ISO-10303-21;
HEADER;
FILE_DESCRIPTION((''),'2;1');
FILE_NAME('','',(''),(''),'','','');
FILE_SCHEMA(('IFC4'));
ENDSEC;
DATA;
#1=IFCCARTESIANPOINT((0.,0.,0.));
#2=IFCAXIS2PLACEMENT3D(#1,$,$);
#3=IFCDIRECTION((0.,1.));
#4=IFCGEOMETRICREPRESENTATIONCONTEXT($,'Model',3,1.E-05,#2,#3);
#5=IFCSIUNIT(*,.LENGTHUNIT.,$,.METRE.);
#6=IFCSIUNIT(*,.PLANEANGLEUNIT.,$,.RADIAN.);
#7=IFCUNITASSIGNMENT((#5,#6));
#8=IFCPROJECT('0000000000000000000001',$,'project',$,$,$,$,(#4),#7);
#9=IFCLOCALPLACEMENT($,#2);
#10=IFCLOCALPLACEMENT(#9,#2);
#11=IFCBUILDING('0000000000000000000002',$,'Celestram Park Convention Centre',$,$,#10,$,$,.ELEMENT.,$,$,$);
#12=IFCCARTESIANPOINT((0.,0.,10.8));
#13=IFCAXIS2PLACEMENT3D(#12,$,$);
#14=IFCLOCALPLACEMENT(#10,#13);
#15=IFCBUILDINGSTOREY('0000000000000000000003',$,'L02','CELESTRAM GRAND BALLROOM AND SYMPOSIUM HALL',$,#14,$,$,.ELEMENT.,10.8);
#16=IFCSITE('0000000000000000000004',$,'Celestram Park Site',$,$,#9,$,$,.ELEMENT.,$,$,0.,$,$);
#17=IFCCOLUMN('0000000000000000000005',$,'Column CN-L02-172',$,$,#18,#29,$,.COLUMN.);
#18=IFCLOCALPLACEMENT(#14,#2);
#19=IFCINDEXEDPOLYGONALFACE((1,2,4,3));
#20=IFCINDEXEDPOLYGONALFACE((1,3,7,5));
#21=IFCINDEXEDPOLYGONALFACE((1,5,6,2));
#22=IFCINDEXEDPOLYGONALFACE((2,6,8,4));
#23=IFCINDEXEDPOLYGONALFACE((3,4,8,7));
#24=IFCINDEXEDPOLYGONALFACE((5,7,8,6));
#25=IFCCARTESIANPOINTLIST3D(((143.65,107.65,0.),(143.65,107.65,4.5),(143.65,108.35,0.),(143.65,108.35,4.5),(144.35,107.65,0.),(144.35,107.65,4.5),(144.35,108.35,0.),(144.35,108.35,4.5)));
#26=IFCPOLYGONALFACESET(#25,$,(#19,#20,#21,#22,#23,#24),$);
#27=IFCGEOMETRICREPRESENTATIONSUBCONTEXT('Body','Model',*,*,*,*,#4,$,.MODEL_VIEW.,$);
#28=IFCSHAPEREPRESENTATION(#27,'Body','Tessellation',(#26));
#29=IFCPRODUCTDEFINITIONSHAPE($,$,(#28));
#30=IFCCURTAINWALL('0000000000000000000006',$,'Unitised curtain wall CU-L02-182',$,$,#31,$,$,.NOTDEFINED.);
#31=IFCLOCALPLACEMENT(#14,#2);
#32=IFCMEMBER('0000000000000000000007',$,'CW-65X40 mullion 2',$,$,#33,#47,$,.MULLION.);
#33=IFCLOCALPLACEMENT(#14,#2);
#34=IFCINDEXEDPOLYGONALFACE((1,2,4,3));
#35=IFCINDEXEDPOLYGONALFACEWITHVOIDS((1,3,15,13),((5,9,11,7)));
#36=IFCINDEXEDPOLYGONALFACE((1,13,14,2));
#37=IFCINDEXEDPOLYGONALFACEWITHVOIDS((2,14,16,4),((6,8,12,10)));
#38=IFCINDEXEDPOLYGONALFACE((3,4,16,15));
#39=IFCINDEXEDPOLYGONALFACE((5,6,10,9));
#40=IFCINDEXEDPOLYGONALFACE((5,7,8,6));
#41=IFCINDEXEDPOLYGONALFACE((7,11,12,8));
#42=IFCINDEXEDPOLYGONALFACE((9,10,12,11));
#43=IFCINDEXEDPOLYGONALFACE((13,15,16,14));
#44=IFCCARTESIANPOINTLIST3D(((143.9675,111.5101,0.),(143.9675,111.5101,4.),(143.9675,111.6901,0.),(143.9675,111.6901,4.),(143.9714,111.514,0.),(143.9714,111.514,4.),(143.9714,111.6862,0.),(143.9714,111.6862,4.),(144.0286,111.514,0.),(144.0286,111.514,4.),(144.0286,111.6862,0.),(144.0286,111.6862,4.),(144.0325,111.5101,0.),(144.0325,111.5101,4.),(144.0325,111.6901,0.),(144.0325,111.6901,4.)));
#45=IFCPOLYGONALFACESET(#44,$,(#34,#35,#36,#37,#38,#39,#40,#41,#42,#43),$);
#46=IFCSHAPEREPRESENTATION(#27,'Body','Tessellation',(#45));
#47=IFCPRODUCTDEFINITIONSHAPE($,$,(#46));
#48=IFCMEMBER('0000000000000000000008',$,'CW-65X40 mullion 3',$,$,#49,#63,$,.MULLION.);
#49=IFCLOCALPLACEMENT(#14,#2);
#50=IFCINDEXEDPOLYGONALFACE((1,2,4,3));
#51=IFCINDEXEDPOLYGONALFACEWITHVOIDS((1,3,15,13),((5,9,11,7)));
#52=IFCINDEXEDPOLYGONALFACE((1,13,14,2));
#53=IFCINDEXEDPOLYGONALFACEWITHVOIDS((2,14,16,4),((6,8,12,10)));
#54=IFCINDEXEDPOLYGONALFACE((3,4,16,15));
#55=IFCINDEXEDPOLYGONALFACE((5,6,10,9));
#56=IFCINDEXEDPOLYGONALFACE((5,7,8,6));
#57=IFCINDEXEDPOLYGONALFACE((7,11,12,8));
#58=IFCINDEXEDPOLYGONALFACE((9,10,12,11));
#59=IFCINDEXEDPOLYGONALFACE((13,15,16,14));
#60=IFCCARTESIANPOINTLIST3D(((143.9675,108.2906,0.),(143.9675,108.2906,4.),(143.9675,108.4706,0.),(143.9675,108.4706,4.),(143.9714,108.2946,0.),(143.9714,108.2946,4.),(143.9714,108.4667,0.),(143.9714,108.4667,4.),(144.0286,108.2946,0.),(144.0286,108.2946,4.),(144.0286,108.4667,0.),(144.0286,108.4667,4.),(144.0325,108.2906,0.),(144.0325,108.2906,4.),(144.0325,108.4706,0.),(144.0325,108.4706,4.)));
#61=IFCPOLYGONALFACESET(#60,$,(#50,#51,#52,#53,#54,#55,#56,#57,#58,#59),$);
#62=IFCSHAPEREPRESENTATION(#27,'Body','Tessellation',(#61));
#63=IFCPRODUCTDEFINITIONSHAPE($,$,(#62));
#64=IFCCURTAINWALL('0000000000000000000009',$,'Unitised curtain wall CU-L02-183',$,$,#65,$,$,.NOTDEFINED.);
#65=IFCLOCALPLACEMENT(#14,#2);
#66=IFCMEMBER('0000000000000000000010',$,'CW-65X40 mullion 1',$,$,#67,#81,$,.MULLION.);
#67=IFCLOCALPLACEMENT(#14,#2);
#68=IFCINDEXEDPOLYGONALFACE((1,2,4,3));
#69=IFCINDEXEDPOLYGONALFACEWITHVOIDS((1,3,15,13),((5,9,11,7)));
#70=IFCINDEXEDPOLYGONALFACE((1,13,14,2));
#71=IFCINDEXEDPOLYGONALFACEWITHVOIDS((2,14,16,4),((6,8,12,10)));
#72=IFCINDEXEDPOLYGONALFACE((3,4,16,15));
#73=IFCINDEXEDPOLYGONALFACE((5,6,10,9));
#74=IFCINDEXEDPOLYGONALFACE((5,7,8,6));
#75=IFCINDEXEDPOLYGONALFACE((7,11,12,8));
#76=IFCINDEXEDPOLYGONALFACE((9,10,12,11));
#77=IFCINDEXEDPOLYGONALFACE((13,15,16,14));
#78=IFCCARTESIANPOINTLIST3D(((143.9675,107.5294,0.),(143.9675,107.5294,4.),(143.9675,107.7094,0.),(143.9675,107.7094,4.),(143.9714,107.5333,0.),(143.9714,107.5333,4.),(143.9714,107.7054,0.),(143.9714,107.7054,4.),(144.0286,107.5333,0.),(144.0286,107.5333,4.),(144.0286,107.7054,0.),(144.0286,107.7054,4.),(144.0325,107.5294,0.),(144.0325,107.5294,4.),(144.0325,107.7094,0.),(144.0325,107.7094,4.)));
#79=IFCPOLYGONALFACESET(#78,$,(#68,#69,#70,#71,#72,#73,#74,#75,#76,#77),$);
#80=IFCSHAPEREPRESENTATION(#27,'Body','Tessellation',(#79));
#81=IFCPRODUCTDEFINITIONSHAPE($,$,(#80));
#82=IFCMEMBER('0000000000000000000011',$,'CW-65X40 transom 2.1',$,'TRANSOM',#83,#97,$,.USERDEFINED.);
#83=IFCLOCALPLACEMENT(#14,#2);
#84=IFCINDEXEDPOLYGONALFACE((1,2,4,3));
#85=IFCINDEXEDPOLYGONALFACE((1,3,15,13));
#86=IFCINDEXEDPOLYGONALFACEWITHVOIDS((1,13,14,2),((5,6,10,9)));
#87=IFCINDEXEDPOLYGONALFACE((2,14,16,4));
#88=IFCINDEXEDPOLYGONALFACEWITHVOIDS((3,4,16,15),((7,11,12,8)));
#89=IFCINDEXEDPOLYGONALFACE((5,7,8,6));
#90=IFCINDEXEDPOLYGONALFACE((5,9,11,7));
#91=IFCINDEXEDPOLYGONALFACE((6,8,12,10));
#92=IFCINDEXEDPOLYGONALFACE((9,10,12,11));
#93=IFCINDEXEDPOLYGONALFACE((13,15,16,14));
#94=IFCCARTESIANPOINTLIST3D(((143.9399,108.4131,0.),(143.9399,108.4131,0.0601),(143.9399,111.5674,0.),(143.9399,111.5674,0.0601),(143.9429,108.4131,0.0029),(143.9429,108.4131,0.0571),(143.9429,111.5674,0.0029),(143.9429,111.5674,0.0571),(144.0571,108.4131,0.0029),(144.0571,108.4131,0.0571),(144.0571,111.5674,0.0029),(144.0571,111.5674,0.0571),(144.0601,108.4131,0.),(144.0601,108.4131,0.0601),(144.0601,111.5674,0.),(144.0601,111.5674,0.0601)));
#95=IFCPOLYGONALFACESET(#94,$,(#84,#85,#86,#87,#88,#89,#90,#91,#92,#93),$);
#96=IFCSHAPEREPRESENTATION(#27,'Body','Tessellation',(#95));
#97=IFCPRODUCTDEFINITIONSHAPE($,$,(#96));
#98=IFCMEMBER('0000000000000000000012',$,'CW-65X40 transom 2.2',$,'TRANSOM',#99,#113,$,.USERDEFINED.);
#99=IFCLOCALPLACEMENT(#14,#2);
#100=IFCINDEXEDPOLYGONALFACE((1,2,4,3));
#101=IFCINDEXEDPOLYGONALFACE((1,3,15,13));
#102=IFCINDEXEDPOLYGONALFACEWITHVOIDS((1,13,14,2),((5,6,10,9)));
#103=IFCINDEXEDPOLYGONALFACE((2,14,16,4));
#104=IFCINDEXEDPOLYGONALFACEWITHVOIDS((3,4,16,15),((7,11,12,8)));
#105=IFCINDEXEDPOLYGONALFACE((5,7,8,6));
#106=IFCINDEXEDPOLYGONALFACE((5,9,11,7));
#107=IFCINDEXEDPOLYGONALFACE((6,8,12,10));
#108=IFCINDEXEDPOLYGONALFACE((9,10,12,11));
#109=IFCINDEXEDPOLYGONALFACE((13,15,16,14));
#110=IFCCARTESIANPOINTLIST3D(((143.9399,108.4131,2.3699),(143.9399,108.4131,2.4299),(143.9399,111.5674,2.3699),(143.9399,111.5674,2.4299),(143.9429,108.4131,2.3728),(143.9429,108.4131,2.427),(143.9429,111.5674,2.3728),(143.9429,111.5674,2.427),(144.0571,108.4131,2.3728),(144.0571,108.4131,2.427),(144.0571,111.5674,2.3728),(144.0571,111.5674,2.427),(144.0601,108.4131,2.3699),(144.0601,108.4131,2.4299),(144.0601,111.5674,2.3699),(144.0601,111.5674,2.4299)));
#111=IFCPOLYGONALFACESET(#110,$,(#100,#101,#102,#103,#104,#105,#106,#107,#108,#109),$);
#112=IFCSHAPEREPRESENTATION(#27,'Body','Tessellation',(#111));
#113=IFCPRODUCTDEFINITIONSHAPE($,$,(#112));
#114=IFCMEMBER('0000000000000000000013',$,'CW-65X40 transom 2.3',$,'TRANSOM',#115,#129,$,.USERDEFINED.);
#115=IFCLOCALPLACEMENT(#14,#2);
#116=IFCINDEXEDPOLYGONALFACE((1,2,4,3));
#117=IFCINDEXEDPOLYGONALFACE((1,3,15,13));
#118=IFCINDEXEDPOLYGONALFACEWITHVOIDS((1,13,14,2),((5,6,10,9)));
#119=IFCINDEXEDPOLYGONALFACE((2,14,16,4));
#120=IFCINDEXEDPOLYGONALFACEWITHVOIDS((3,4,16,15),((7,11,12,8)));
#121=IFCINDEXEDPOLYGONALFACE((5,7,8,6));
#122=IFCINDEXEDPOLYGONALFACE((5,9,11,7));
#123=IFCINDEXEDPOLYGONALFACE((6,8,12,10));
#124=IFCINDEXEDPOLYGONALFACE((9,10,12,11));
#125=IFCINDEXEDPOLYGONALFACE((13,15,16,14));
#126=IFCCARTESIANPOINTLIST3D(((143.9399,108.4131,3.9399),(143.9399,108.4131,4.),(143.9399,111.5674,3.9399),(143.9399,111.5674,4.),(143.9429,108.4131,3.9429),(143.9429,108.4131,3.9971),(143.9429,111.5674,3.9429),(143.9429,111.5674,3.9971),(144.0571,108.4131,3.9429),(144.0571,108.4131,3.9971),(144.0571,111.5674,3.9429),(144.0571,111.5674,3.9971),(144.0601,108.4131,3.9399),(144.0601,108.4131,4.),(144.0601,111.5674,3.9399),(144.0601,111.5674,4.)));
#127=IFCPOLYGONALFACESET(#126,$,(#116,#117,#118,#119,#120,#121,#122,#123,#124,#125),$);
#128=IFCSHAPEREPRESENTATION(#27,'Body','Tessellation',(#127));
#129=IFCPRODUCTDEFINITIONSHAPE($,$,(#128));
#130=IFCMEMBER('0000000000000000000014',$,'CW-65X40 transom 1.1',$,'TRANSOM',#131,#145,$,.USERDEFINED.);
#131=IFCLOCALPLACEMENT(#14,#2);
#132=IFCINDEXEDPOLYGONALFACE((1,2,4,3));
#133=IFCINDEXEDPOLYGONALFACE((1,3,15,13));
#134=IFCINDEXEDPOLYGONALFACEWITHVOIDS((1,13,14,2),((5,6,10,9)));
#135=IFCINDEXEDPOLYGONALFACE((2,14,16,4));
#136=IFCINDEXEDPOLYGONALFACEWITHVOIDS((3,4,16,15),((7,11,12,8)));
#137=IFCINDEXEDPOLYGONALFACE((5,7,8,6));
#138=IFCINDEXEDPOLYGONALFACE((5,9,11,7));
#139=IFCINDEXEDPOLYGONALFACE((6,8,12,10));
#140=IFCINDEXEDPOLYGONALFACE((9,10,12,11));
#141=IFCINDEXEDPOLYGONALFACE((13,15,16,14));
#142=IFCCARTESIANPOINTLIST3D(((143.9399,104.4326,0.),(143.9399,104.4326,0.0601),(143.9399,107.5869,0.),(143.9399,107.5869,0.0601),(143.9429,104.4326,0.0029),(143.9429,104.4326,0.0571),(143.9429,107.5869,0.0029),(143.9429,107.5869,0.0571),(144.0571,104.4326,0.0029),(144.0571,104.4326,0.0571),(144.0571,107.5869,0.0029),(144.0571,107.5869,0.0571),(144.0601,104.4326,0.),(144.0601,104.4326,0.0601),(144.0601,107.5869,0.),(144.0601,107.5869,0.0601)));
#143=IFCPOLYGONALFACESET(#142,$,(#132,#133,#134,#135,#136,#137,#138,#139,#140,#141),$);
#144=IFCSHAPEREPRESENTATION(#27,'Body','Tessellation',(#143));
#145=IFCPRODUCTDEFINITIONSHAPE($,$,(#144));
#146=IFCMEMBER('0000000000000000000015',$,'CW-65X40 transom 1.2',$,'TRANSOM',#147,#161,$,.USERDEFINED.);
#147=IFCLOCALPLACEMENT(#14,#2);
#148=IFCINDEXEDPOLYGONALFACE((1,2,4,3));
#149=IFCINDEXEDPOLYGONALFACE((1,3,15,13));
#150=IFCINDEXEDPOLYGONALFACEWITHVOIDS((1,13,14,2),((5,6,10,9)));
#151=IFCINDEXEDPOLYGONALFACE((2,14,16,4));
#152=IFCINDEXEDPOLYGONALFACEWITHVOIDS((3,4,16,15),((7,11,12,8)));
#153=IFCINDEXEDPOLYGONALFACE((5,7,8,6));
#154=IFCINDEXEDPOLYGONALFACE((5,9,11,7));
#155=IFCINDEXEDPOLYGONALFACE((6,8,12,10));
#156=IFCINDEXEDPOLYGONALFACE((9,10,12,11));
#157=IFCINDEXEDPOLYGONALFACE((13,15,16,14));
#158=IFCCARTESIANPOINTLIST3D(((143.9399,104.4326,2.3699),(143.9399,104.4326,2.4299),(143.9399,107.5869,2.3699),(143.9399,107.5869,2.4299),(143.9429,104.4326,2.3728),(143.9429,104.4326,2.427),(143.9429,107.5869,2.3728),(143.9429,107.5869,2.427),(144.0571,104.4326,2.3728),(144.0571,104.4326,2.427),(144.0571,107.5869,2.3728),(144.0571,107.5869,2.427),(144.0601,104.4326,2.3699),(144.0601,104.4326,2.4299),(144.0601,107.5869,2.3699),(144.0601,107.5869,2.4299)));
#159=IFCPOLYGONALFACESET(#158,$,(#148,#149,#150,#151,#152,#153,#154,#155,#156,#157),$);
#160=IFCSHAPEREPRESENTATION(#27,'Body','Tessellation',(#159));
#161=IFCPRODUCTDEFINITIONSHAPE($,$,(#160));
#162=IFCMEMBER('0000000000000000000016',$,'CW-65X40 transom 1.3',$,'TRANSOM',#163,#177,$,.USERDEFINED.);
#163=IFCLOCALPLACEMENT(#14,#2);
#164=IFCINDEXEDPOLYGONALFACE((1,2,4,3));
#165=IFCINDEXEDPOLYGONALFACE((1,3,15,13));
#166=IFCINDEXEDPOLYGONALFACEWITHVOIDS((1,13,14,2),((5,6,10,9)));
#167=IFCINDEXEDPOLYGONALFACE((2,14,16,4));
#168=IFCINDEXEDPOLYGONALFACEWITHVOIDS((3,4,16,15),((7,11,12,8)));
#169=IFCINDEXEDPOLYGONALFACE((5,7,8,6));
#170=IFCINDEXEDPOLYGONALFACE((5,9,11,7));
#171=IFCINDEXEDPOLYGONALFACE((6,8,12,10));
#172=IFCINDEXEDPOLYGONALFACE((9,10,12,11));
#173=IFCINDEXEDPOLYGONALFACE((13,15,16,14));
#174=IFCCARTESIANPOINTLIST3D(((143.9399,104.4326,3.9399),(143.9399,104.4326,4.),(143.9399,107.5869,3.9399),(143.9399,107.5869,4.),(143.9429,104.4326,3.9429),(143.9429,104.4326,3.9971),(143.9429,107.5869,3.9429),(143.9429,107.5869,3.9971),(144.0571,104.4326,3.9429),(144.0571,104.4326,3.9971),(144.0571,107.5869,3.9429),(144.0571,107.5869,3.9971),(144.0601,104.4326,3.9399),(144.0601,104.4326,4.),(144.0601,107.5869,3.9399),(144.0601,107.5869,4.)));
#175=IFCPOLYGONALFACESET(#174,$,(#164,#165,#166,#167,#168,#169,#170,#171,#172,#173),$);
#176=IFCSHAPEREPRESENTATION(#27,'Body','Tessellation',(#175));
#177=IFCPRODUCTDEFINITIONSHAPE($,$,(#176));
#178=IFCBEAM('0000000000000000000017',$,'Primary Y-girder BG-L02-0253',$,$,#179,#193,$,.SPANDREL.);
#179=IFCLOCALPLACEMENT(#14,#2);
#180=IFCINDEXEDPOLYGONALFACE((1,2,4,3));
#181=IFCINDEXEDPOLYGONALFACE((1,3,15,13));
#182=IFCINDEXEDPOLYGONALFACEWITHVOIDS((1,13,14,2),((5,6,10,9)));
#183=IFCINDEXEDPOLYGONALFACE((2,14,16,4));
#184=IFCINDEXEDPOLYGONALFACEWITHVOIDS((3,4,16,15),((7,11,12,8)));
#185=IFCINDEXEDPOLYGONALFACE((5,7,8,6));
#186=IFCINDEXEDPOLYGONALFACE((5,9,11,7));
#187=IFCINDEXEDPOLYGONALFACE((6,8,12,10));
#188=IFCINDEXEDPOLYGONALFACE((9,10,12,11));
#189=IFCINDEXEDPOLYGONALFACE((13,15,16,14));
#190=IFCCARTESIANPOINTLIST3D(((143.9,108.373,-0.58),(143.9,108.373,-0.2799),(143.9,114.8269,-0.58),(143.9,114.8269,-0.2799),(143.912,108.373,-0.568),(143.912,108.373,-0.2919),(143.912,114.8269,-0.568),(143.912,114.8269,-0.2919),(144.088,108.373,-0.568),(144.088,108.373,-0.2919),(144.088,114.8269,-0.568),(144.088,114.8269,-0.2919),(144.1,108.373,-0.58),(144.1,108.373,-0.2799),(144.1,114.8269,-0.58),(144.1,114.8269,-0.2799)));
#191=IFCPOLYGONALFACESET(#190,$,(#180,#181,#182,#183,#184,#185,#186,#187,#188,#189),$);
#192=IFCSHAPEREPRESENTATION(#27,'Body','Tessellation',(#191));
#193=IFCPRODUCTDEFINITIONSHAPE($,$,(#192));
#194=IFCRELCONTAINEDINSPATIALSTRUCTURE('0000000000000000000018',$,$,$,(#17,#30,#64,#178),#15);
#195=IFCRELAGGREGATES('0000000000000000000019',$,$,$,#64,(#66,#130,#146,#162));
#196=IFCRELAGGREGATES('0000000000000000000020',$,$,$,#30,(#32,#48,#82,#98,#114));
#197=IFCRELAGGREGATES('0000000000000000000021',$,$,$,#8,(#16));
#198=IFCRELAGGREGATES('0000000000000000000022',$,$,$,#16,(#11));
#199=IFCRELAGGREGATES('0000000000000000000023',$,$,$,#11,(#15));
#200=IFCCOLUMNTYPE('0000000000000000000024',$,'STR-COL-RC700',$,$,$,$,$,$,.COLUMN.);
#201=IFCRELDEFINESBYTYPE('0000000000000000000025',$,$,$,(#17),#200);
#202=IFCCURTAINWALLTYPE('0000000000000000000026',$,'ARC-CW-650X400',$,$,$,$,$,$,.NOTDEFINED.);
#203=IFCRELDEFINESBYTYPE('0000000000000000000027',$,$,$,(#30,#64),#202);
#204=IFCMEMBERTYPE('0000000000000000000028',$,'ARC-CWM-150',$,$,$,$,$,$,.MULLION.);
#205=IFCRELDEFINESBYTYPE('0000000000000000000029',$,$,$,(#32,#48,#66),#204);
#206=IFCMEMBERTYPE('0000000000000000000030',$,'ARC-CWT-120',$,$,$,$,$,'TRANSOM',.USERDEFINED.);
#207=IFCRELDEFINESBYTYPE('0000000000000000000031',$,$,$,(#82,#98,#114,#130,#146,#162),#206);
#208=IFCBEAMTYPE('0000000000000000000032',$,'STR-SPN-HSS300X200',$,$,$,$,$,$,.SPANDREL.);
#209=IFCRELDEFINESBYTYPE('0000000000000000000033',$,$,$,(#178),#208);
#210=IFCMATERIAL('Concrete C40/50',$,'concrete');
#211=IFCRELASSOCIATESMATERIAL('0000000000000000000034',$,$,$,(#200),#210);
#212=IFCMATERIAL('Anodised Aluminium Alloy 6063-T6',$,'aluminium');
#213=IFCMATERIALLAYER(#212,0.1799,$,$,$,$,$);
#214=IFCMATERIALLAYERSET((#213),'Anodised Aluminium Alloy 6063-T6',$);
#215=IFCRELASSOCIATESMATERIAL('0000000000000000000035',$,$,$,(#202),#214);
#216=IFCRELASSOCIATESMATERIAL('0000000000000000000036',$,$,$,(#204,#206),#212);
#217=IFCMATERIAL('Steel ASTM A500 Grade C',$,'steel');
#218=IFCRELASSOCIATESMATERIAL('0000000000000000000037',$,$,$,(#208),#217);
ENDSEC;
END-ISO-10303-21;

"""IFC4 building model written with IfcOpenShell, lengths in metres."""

from ifc_helpers import new_model, si_unit, direction, frame, origin, origin_2d, place, context, subcontext, project, spatial, rectangle, hollow_rectangle, extrude, material, layer, layer_set, material_profile, profile_set, type_object, element, aggregate, save


model = new_model("IFC4")

# Units and contexts
model_context = context("Model", 3, precision=1e-05, world=origin(), true_north=direction((0.0, 1.0)))
body_context = subcontext(model_context, "Body", "Model", "MODEL_VIEW")
ifc_project = project(units=[si_unit("LENGTHUNIT", "METRE"), si_unit("PLANEANGLEUNIT", "RADIAN")], contexts=[model_context])

# Site, building, storey
site_placement = place(None, origin())
site = spatial("IfcSite", under=ifc_project, at=site_placement, Name="Celestram Park Site", CompositionType="ELEMENT", RefElevation=0.0)
building_placement = place(site_placement, origin())
building = spatial("IfcBuilding", under=site, at=building_placement, Name="Celestram Park Convention Centre", CompositionType="ELEMENT")
storey_placement = place(building_placement, frame((0.0, 0.0, 10.8)))
storey = spatial("IfcBuildingStorey", under=building, at=storey_placement, Name="L02", Description="CELESTRAM GRAND BALLROOM AND SYMPOSIUM HALL", CompositionType="ELEMENT", Elevation=10.8)

# Column
ifc_material_1 = material(Name="Concrete C40/50", Category="concrete")
ifc_material_profile_1 = material_profile(ifc_material_1, rectangle(XDim=0.7, YDim=0.7, at=origin_2d()), Name="RC700X700")
ifc_profile_set_1 = profile_set([ifc_material_profile_1], Name="Concrete C40/50")
column_type = type_object("IfcColumnType", Name="STR-COL-RC700", PredefinedType="COLUMN", material=ifc_profile_set_1)
column_placement = place(storey_placement, frame((144.0, 108.0, 0.0), z_axis=(0.0, 0.0, 1.0), x_axis=(1.0, 0.0, 0.0)))
element("IfcColumn", 1, at=column_placement, inside=storey, type_object=column_type, Name="Column CN-L02-172", PredefinedType="COLUMN", context=body_context, shape_type="SweptSolid", body=[
    extrude(rectangle(XDim=0.7, YDim=0.7, at=origin_2d()), origin(), (0.0, 0.0, 1.0), 4.5),
])

# Curtain wall, members
ifc_material_2 = material(Name="Anodised Aluminium Alloy 6063-T6", Category="aluminium")
ifc_layer_1 = layer(ifc_material_2, 0.1799)
ifc_layer_set_1 = layer_set([ifc_layer_1], Name="Anodised Aluminium Alloy 6063-T6")
curtain_wall_type = type_object("IfcCurtainWallType", Name="ARC-CW-650X400", PredefinedType="NOTDEFINED", material=ifc_layer_set_1)
curtain_wall_1_placement = place(storey_placement, origin())
curtain_wall_1 = element("IfcCurtainWall", 2, at=curtain_wall_1_placement, inside=storey, type_object=curtain_wall_type, Name="Unitised curtain wall CU-L02-182", PredefinedType="NOTDEFINED")
ifc_material_profile_2 = material_profile(ifc_material_2, hollow_rectangle(XDim=0.0649, YDim=0.1799, WallThickness=0.0039, at=origin_2d()), Name="ALU65X180X4")
ifc_profile_set_2 = profile_set([ifc_material_profile_2], Name="Anodised Aluminium Alloy 6063-T6")
member_type_1 = type_object("IfcMemberType", Name="ARC-CWM-150", PredefinedType="MULLION", material=ifc_profile_set_2)
member_1_placement = place(storey_placement, frame((144.0, 111.6001, 0.0), z_axis=(0.0, 0.0, 1.0), x_axis=(1.0, 0.0, 0.0)))
member_1 = element("IfcMember", 3, at=member_1_placement, type_object=member_type_1, Name="CW-65X40 mullion 2", PredefinedType="MULLION", context=body_context, shape_type="SweptSolid", body=[
    extrude(hollow_rectangle(XDim=0.0649, YDim=0.1799, WallThickness=0.0039, at=origin_2d()), origin(), (0.0, 0.0, 1.0), 4.0),
])
member_2_placement = place(storey_placement, frame((144.0, 108.3806, 0.0), z_axis=(0.0, 0.0, 1.0), x_axis=(1.0, 0.0, 0.0)))
member_2 = element("IfcMember", 4, at=member_2_placement, type_object=member_type_1, Name="CW-65X40 mullion 3", PredefinedType="MULLION", context=body_context, shape_type="SweptSolid", body=[
    extrude(hollow_rectangle(XDim=0.0649, YDim=0.1799, WallThickness=0.0039, at=origin_2d()), origin(), (0.0, 0.0, 1.0), 4.0),
])

# Curtain wall, member
curtain_wall_2_placement = place(storey_placement, origin())
curtain_wall_2 = element("IfcCurtainWall", 5, at=curtain_wall_2_placement, inside=storey, type_object=curtain_wall_type, Name="Unitised curtain wall CU-L02-183", PredefinedType="NOTDEFINED")
member_3_placement = place(storey_placement, frame((144.0, 107.6194, 0.0), z_axis=(0.0, 0.0, 1.0), x_axis=(1.0, 0.0, 0.0)))
member_3 = element("IfcMember", 6, at=member_3_placement, type_object=member_type_1, Name="CW-65X40 mullion 1", PredefinedType="MULLION", context=body_context, shape_type="SweptSolid", body=[
    extrude(hollow_rectangle(XDim=0.0649, YDim=0.1799, WallThickness=0.0039, at=origin_2d()), origin(), (0.0, 0.0, 1.0), 4.0),
])

# Members
ifc_material_profile_3 = material_profile(ifc_material_2, hollow_rectangle(XDim=0.1201, YDim=0.0601, WallThickness=0.0029, at=origin_2d()), Name="ALU120X60X3")
ifc_profile_set_3 = profile_set([ifc_material_profile_3], Name="Anodised Aluminium Alloy 6063-T6")
member_type_2 = type_object("IfcMemberType", Name="ARC-CWT-120", ElementType="TRANSOM", PredefinedType="USERDEFINED", material=ifc_profile_set_3)
member_4_placement = place(storey_placement, frame((144.0, 111.5674, 0.03), z_axis=(0.0, -1.0, 0.0), x_axis=(1.0, 0.0, 0.0)))
member_4 = element("IfcMember", 7, at=member_4_placement, type_object=member_type_2, Name="CW-65X40 transom 2.1", ObjectType="TRANSOM", PredefinedType="USERDEFINED", context=body_context, shape_type="SweptSolid", body=[
    extrude(hollow_rectangle(XDim=0.1201, YDim=0.0601, WallThickness=0.0029, at=origin_2d()), origin(), (0.0, 0.0, 1.0), 3.1543),
])
member_5_placement = place(storey_placement, frame((144.0, 111.5674, 2.3999), z_axis=(0.0, -1.0, 0.0), x_axis=(1.0, 0.0, 0.0)))
member_5 = element("IfcMember", 8, at=member_5_placement, type_object=member_type_2, Name="CW-65X40 transom 2.2", ObjectType="TRANSOM", PredefinedType="USERDEFINED", context=body_context, shape_type="SweptSolid", body=[
    extrude(hollow_rectangle(XDim=0.1201, YDim=0.0601, WallThickness=0.0029, at=origin_2d()), origin(), (0.0, 0.0, 1.0), 3.1543),
])
member_6_placement = place(storey_placement, frame((144.0, 111.5674, 3.97), z_axis=(0.0, -1.0, 0.0), x_axis=(1.0, 0.0, 0.0)))
member_6 = element("IfcMember", 9, at=member_6_placement, type_object=member_type_2, Name="CW-65X40 transom 2.3", ObjectType="TRANSOM", PredefinedType="USERDEFINED", context=body_context, shape_type="SweptSolid", body=[
    extrude(hollow_rectangle(XDim=0.1201, YDim=0.0601, WallThickness=0.0029, at=origin_2d()), origin(), (0.0, 0.0, 1.0), 3.1543),
])
member_7_placement = place(storey_placement, frame((144.0, 107.5869, 0.03), z_axis=(0.0, -1.0, 0.0), x_axis=(1.0, 0.0, 0.0)))
member_7 = element("IfcMember", 10, at=member_7_placement, type_object=member_type_2, Name="CW-65X40 transom 1.1", ObjectType="TRANSOM", PredefinedType="USERDEFINED", context=body_context, shape_type="SweptSolid", body=[
    extrude(hollow_rectangle(XDim=0.1201, YDim=0.0601, WallThickness=0.0029, at=origin_2d()), origin(), (0.0, 0.0, 1.0), 3.1543),
])
member_8_placement = place(storey_placement, frame((144.0, 107.5869, 2.3999), z_axis=(0.0, -1.0, 0.0), x_axis=(1.0, 0.0, 0.0)))
member_8 = element("IfcMember", 11, at=member_8_placement, type_object=member_type_2, Name="CW-65X40 transom 1.2", ObjectType="TRANSOM", PredefinedType="USERDEFINED", context=body_context, shape_type="SweptSolid", body=[
    extrude(hollow_rectangle(XDim=0.1201, YDim=0.0601, WallThickness=0.0029, at=origin_2d()), origin(), (0.0, 0.0, 1.0), 3.1543),
])
member_9_placement = place(storey_placement, frame((144.0, 107.5869, 3.97), z_axis=(0.0, -1.0, 0.0), x_axis=(1.0, 0.0, 0.0)))
member_9 = element("IfcMember", 12, at=member_9_placement, type_object=member_type_2, Name="CW-65X40 transom 1.3", ObjectType="TRANSOM", PredefinedType="USERDEFINED", context=body_context, shape_type="SweptSolid", body=[
    extrude(hollow_rectangle(XDim=0.1201, YDim=0.0601, WallThickness=0.0029, at=origin_2d()), origin(), (0.0, 0.0, 1.0), 3.1543),
])
aggregate(curtain_wall_2, [member_3, member_7, member_8, member_9])

# Beam
ifc_material_3 = material(Name="Steel ASTM A500 Grade C", Category="steel")
ifc_material_profile_4 = material_profile(ifc_material_3, hollow_rectangle(XDim=0.2, YDim=0.3, WallThickness=0.012, at=origin_2d()), Name="HSS300X200X12")
ifc_profile_set_4 = profile_set([ifc_material_profile_4], Name="Steel ASTM A500 Grade C")
beam_type = type_object("IfcBeamType", Name="STR-SPN-HSS300X200", PredefinedType="SPANDREL", material=ifc_profile_set_4)
beam_placement = place(storey_placement, frame((144.0, 108.373, -0.4299), z_axis=(0.0, 1.0, 0.0), x_axis=(-1.0, 0.0, 0.0)))
element("IfcBeam", 13, at=beam_placement, inside=storey, type_object=beam_type, Name="Primary Y-girder BG-L02-0253", PredefinedType="SPANDREL", context=body_context, shape_type="SweptSolid", body=[
    extrude(hollow_rectangle(XDim=0.2, YDim=0.3, WallThickness=0.012, at=origin_2d()), origin(), (0.0, 0.0, 1.0), 6.4539),
])

aggregate(curtain_wall_1, [member_1, member_2, member_4, member_5, member_6])

save(model, "model.ifc")
